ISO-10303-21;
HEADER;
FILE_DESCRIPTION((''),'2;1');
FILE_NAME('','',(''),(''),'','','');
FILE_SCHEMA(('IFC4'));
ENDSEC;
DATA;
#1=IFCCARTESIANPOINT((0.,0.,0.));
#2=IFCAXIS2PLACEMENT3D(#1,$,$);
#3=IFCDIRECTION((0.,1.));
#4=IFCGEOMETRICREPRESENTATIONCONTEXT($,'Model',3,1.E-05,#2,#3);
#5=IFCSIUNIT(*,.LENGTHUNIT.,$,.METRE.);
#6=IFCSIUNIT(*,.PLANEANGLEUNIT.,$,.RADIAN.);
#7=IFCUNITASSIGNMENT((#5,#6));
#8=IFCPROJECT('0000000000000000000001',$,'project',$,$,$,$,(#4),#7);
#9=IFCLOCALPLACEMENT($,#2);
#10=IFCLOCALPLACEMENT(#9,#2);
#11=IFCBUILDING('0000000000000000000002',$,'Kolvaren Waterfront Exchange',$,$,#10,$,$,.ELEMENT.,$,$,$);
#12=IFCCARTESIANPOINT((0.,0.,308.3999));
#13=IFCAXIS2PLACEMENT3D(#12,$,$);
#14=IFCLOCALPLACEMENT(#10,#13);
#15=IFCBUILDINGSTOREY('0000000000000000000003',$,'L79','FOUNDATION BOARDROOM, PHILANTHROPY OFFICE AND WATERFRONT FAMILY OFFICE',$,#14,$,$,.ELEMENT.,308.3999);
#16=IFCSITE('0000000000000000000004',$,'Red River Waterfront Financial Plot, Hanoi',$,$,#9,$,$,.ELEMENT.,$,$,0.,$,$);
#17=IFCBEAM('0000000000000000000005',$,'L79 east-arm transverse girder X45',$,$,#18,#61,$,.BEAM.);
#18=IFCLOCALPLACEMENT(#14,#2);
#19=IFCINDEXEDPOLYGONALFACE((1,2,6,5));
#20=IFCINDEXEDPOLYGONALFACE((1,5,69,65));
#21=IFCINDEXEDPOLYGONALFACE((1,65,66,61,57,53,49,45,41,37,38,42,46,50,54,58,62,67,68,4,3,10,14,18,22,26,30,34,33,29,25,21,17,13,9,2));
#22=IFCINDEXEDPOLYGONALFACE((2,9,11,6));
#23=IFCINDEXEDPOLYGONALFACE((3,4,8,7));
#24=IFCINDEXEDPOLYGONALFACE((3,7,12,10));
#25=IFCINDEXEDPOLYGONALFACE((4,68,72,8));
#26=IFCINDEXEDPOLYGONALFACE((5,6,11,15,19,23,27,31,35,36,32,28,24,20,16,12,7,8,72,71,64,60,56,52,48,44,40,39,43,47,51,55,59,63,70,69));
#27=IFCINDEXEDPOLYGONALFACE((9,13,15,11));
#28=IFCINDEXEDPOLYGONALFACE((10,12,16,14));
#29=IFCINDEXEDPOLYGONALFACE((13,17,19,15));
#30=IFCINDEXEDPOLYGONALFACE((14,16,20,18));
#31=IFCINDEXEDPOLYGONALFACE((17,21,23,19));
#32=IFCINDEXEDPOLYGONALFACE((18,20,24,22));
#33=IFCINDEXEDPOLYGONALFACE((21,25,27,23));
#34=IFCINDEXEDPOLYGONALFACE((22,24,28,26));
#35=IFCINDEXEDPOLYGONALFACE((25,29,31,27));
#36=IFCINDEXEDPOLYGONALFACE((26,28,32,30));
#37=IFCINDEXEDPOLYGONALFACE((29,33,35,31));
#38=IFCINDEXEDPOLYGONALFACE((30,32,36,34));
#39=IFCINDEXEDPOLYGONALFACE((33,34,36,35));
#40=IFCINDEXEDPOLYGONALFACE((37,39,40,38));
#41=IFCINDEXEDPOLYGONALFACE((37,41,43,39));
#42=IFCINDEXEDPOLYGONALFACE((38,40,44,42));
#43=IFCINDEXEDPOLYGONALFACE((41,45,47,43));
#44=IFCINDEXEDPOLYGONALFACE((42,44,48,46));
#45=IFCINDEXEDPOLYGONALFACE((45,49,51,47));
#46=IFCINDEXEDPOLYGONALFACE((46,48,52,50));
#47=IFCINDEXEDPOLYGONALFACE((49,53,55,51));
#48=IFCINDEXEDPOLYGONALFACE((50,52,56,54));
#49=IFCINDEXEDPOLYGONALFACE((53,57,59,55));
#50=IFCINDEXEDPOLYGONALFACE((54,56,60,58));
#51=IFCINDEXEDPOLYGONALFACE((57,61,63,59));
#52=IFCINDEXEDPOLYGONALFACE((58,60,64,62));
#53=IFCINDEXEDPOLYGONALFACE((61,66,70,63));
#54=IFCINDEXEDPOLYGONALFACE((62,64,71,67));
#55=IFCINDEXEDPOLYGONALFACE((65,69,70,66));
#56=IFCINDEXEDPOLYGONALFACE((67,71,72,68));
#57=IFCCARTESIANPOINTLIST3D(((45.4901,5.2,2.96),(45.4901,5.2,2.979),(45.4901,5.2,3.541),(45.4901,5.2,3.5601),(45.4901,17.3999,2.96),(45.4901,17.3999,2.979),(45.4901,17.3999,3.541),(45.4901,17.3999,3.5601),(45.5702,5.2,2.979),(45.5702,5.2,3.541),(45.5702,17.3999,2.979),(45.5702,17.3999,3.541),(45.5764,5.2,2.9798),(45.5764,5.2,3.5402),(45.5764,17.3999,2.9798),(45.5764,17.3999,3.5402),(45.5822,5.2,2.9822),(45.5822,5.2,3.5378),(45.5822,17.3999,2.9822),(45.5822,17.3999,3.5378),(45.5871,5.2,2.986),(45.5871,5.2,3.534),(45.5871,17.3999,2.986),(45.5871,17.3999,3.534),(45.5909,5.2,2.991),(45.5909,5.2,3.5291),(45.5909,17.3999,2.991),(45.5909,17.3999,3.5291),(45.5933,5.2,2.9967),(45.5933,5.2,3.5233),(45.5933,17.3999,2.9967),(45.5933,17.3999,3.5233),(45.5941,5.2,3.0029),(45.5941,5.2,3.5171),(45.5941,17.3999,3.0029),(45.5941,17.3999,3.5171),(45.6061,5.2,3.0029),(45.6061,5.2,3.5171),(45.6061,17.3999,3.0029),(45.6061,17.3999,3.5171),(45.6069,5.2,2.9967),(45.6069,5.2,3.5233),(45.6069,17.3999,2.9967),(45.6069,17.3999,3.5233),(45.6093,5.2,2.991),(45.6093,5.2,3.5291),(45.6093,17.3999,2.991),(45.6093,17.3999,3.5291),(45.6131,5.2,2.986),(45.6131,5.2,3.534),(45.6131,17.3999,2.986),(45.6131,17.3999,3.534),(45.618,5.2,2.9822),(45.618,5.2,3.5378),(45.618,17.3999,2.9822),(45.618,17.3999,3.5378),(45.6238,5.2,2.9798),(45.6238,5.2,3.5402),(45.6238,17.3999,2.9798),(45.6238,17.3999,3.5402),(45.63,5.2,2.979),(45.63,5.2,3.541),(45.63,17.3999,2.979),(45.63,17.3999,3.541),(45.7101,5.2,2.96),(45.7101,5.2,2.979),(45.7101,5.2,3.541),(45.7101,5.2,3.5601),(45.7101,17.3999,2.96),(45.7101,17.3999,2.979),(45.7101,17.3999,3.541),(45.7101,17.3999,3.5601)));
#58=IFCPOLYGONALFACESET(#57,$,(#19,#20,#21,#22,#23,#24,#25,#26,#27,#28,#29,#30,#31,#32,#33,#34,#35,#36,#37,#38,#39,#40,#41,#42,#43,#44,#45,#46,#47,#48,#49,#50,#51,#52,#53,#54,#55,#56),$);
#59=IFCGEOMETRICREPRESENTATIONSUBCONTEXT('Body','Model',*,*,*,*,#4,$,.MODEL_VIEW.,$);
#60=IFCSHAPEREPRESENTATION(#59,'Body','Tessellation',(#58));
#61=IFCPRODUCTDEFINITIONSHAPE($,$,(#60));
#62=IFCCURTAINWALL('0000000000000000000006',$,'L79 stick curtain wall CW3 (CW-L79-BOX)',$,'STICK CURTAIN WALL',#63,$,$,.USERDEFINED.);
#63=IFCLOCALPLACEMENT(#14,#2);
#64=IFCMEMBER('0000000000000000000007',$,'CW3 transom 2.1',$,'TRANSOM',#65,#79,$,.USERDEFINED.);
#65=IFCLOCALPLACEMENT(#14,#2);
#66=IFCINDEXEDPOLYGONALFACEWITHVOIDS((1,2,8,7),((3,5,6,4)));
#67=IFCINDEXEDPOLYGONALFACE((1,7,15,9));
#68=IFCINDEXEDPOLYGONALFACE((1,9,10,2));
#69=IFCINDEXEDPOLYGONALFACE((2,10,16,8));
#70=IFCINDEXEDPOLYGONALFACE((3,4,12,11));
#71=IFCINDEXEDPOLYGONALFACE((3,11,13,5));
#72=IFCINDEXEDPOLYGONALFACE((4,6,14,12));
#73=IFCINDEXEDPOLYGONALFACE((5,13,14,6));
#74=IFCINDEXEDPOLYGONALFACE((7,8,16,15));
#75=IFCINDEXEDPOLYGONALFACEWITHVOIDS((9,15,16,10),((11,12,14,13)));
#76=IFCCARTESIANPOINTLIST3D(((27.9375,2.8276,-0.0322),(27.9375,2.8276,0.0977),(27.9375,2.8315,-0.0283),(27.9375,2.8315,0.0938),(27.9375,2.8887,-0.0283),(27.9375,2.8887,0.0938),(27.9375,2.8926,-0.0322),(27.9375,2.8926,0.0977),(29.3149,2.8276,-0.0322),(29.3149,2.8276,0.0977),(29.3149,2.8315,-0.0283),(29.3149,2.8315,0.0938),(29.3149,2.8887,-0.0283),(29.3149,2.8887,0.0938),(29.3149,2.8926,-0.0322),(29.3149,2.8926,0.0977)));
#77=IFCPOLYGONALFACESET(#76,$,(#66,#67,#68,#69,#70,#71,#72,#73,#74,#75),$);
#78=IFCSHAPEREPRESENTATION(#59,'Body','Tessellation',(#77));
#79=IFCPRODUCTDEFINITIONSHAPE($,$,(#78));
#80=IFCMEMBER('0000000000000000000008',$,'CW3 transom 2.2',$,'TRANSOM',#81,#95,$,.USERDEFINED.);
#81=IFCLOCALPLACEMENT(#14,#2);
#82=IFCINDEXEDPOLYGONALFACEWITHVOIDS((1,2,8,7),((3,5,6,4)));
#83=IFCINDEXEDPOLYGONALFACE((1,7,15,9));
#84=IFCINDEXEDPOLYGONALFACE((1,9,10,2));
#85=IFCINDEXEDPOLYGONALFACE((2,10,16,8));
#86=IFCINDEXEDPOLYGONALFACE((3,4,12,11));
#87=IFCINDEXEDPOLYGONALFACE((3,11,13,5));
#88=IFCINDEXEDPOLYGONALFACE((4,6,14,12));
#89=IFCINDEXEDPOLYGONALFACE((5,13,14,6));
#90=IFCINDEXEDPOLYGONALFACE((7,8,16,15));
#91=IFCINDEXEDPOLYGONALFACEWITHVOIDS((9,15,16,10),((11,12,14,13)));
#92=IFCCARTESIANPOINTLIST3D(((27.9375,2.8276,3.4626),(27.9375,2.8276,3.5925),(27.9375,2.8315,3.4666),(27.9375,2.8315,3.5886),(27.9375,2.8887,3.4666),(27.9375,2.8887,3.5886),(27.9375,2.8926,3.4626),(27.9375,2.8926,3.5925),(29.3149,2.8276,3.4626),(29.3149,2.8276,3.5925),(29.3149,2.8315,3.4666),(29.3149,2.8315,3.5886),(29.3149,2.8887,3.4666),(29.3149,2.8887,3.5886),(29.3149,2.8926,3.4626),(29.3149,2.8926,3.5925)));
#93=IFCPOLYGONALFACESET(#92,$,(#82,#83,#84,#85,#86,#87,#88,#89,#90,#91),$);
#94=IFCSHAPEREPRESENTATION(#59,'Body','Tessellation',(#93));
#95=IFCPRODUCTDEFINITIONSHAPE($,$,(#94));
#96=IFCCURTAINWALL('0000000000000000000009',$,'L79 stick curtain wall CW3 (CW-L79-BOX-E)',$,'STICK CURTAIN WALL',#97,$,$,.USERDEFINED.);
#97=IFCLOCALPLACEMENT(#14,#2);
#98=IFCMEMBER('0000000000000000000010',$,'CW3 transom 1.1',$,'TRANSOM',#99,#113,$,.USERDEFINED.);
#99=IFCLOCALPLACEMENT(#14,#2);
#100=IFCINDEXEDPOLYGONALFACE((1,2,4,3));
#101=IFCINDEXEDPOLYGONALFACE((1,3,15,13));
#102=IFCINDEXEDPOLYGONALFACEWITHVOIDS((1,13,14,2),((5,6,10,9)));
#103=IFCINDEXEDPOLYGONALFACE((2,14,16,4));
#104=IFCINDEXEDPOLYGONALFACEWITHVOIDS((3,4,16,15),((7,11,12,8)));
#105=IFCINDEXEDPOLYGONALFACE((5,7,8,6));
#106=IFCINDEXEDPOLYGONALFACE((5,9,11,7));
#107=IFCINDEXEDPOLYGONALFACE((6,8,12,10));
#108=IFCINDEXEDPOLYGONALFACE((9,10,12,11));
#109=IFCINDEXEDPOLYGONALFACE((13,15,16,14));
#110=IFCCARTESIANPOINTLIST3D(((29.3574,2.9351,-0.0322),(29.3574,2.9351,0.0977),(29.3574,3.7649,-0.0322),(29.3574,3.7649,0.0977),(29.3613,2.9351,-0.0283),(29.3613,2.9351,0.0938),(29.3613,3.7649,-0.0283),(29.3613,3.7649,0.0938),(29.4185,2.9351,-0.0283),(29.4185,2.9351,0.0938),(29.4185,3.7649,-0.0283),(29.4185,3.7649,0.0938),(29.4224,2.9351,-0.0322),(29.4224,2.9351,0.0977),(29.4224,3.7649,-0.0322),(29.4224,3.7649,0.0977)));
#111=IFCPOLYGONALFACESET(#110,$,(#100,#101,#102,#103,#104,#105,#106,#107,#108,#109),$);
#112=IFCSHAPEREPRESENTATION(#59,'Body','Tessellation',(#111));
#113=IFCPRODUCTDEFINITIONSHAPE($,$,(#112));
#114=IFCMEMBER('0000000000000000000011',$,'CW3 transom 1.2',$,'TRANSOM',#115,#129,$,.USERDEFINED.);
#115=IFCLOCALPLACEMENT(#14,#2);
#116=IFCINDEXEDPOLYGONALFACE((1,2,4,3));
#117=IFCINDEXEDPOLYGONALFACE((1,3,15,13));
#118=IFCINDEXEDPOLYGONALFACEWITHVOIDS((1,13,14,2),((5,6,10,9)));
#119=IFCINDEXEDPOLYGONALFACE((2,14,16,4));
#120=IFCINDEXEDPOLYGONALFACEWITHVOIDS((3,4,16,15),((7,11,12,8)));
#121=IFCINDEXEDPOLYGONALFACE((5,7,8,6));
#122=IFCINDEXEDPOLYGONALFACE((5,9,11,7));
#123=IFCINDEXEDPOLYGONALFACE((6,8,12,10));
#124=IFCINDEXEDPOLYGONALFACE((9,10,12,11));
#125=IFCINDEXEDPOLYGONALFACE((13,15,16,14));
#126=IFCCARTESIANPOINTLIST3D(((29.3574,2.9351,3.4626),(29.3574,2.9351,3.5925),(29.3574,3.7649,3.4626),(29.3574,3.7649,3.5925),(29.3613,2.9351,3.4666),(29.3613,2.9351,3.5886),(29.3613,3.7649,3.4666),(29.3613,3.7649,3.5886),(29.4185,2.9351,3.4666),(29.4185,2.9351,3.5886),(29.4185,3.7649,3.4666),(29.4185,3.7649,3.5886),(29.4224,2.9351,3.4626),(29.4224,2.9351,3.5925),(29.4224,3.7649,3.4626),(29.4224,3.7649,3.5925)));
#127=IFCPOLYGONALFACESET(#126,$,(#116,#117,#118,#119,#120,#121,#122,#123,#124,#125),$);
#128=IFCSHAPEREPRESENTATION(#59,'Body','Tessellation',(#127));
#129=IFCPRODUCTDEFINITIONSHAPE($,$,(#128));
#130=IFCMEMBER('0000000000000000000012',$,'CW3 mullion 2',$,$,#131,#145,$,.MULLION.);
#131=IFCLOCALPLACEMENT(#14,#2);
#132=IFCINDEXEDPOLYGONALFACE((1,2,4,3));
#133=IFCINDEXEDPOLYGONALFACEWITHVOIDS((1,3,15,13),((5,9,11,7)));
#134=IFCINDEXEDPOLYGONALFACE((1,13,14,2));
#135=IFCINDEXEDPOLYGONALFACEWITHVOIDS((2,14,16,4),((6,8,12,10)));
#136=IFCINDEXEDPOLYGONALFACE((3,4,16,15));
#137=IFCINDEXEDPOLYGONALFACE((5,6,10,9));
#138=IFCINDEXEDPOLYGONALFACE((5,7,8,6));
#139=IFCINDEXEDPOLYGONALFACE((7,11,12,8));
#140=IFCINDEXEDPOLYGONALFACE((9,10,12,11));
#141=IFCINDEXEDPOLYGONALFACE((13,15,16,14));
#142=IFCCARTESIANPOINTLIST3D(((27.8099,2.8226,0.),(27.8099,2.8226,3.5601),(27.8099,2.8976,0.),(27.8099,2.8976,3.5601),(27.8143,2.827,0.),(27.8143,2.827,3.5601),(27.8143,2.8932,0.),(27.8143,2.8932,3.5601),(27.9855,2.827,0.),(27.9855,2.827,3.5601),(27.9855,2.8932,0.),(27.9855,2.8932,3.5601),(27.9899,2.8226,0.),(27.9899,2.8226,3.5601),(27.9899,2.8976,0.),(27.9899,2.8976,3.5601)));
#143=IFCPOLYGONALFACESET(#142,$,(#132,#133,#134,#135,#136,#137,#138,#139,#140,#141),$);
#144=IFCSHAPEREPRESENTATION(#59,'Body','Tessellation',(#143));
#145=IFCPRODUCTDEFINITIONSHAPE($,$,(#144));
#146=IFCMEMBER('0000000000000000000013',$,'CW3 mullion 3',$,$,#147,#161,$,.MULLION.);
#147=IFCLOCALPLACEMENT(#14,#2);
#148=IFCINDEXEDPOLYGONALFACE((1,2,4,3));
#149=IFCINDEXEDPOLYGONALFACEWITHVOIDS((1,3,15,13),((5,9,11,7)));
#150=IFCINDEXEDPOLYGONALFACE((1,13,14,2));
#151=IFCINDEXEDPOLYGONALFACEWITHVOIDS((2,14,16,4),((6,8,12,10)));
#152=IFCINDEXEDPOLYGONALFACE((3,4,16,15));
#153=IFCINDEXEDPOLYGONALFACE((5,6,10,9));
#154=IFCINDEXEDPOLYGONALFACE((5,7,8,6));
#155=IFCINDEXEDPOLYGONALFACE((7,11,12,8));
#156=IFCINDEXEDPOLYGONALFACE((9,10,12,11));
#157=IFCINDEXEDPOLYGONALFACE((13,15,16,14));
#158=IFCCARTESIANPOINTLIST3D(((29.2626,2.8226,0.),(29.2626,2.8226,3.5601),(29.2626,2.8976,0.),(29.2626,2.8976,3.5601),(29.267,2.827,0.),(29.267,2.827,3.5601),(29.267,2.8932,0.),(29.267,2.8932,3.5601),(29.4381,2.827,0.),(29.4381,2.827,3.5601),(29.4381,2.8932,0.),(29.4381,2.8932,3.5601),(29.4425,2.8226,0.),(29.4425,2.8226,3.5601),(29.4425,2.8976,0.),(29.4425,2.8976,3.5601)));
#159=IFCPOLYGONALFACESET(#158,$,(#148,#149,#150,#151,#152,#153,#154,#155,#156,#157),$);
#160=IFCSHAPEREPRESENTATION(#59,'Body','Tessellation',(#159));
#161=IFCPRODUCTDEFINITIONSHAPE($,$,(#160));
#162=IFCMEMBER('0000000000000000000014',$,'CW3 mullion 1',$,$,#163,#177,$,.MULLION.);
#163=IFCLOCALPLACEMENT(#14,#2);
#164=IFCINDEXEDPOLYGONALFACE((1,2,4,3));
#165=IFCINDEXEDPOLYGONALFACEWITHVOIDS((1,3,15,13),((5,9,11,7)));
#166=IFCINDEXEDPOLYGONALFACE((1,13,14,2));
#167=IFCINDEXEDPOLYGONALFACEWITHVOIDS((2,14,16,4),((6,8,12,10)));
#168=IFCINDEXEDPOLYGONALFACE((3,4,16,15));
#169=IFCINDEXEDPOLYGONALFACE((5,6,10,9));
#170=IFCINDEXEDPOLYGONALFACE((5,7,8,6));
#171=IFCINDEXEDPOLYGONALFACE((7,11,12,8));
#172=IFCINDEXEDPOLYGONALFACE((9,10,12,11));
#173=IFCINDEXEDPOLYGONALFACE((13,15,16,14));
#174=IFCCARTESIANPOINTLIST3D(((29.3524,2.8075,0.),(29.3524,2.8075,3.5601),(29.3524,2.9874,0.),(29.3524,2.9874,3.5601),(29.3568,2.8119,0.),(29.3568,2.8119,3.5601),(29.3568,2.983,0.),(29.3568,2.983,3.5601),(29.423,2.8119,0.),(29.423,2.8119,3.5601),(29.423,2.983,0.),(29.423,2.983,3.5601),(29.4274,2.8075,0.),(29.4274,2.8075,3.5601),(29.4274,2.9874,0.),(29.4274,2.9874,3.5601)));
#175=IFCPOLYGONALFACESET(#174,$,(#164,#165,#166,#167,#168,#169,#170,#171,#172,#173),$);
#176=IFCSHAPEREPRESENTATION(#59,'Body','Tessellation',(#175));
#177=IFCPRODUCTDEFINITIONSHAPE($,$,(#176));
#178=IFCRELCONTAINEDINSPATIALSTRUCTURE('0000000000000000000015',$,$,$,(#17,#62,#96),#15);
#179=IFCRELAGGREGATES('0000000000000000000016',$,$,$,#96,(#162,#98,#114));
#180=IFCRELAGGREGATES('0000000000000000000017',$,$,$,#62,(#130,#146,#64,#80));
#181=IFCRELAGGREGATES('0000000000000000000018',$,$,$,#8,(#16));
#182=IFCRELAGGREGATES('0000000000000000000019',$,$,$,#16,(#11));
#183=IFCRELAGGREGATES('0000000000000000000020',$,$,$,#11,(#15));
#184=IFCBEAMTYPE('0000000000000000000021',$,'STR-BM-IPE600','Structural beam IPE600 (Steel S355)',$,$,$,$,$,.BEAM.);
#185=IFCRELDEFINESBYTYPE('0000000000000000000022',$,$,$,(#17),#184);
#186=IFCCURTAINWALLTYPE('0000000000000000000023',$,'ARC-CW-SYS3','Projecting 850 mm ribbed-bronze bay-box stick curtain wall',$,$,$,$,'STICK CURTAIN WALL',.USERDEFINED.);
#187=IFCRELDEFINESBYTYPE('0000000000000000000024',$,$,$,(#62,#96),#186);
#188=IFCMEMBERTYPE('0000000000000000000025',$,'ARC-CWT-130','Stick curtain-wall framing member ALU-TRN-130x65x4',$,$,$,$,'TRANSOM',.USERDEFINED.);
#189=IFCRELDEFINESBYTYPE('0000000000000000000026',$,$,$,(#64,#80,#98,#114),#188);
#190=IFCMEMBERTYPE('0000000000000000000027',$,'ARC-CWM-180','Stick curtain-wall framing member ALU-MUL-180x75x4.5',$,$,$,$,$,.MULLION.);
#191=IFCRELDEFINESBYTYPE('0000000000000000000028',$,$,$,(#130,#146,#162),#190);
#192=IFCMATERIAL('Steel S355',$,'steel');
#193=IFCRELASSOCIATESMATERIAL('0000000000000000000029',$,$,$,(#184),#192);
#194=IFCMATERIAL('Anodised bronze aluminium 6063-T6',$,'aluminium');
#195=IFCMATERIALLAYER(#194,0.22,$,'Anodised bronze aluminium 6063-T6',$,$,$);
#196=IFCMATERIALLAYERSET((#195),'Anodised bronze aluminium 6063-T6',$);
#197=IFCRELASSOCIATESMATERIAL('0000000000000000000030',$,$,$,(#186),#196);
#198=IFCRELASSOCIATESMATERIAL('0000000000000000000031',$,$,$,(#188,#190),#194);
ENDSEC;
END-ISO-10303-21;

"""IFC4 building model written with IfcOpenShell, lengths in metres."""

from ifc_helpers import new_model, si_unit, direction, frame, origin, origin_with_axes, origin_2d, place, context, subcontext, project, spatial, hollow_rectangle, i_section, extrude, source, transform, mapped, material, layer, layer_set, material_profile, profile_set, type_object, element, aggregate, save


model = new_model("IFC4")

# Units and contexts
model_context = context("Model", 3, precision=1e-05, world=origin(), true_north=direction((0.0, 1.0)))
body_context = subcontext(model_context, "Body", "Model", "MODEL_VIEW")
ifc_project = project(units=[si_unit("LENGTHUNIT", "METRE"), si_unit("PLANEANGLEUNIT", "RADIAN")], contexts=[model_context])

# Site, building, storey
site_placement = place(None, origin())
site = spatial("IfcSite", under=ifc_project, at=site_placement, Name="Red River Waterfront Financial Plot, Hanoi", CompositionType="ELEMENT", RefElevation=0.0)
building_placement = place(site_placement, origin())
building = spatial("IfcBuilding", under=site, at=building_placement, Name="Kolvaren Waterfront Exchange", CompositionType="ELEMENT")
storey_placement = place(building_placement, frame((0.0, 0.0, 308.3999)))
storey = spatial("IfcBuildingStorey", under=building, at=storey_placement, Name="L79", Description="FOUNDATION BOARDROOM, PHILANTHROPY OFFICE AND WATERFRONT FAMILY OFFICE", CompositionType="ELEMENT", Elevation=308.3999)

# Beam
ifc_material_1 = material(Name="Steel S355", Category="steel")
ifc_material_profile_1 = material_profile(ifc_material_1, i_section(OverallWidth=0.22, OverallDepth=0.6001, WebThickness=0.012, FlangeThickness=0.019, FilletRadius=0.0239, at=origin_2d()), Name="IPE600")
ifc_profile_set_1 = profile_set([ifc_material_profile_1], Name="Steel S355")
beam_type_1 = type_object("IfcBeamType", Name="STR-BM-IPE600", Description="Structural beam IPE600 (Steel S355)", PredefinedType="BEAM", material=ifc_profile_set_1)
for number, where, z_axis, x_axis, name in (
    (1, (45.6001, 5.2, 3.26), (0.0, 1.0, 0.0), (-1.0, 0.0, 0.0), "L79 east-arm transverse girder X45"),
):
    element("IfcBeam", number, at=place(storey_placement, frame(where, z_axis=z_axis, x_axis=x_axis)), inside=storey, type_object=beam_type_1, Name=name, PredefinedType="BEAM", context=body_context, shape_type="SweptSolid", body=[
        extrude(i_section(OverallWidth=0.22, OverallDepth=0.6001, WebThickness=0.012, FlangeThickness=0.019, FilletRadius=0.0239, at=origin_2d()), origin(), (0.0, 0.0, 1.0), 12.2),
    ])

# Curtain walls, members
ifc_material_2 = material(Name="Anodised bronze aluminium 6063-T6", Category="aluminium")
ifc_layer_1 = layer(ifc_material_2, 0.22, Name="Anodised bronze aluminium 6063-T6")
ifc_layer_set_1 = layer_set([ifc_layer_1], Name="Anodised bronze aluminium 6063-T6")
curtain_wall_type_1 = type_object("IfcCurtainWallType", Name="ARC-CW-SYS3", Description="Projecting 850 mm ribbed-bronze bay-box stick curtain wall", ElementType="STICK CURTAIN WALL", PredefinedType="USERDEFINED", material=ifc_layer_set_1)
curtain_wall_1_placement = place(storey_placement, origin())
curtain_wall_1 = element("IfcCurtainWall", 2, at=curtain_wall_1_placement, inside=storey, type_object=curtain_wall_type_1, Name="L79 stick curtain wall CW3 (CW-L79-BOX)", ObjectType="STICK CURTAIN WALL", PredefinedType="USERDEFINED")
ifc_material_profile_2 = material_profile(ifc_material_2, hollow_rectangle(XDim=0.0649, YDim=0.1299, WallThickness=0.0039, at=origin_2d()), Name="ALU-TRN-130x65x4")
ifc_profile_set_2 = profile_set([ifc_material_profile_2], Name="Anodised bronze aluminium 6063-T6")
member_type_1 = type_object("IfcMemberType", Name="ARC-CWT-130", Description="Stick curtain-wall framing member ALU-TRN-130x65x4", ElementType="TRANSOM", PredefinedType="USERDEFINED", material=ifc_profile_set_2)
shared_shape_1 = source(origin_with_axes(), body_context, "Body", "SweptSolid", [
    extrude(hollow_rectangle(XDim=0.0649, YDim=0.1299, WallThickness=0.0039, at=origin_2d()), origin(), (0.0, 0.0, 1.0), 1.3774),
])
member_1_placement = place(storey_placement, frame((27.9375, 2.8601, 0.0327), z_axis=(1.0, 0.0, 0.0), x_axis=(0.0, 1.0, 0.0)))
member_1 = element("IfcMember", 3, at=member_1_placement, type_object=member_type_1, Name="CW3 transom 2.1", ObjectType="TRANSOM", PredefinedType="USERDEFINED", context=body_context, shape_type="MappedRepresentation", body=[
    mapped(shared_shape_1, transform((0.0, 0.0, 0.0), x_axis=(1.0, 0.0, 0.0), y_axis=(0.0, 1.0, 0.0), z_axis=(0.0, 0.0, 1.0), scale=1.0)),
])
member_2_placement = place(storey_placement, frame((27.9375, 2.8601, 3.5276), z_axis=(1.0, 0.0, 0.0), x_axis=(0.0, 1.0, 0.0)))
member_2 = element("IfcMember", 4, at=member_2_placement, type_object=member_type_1, Name="CW3 transom 2.2", ObjectType="TRANSOM", PredefinedType="USERDEFINED", context=body_context, shape_type="MappedRepresentation", body=[
    mapped(shared_shape_1, transform((0.0, 0.0, 0.0), x_axis=(1.0, 0.0, 0.0), y_axis=(0.0, 1.0, 0.0), z_axis=(0.0, 0.0, 1.0), scale=1.0)),
])
curtain_wall_2_placement = place(storey_placement, origin())
curtain_wall_2 = element("IfcCurtainWall", 5, at=curtain_wall_2_placement, inside=storey, type_object=curtain_wall_type_1, Name="L79 stick curtain wall CW3 (CW-L79-BOX-E)", ObjectType="STICK CURTAIN WALL", PredefinedType="USERDEFINED")
shared_shape_2 = source(origin_with_axes(), body_context, "Body", "SweptSolid", [
    extrude(hollow_rectangle(XDim=0.0649, YDim=0.1299, WallThickness=0.0039, at=origin_2d()), origin(), (0.0, 0.0, 1.0), 0.8298),
])
member_3_placement = place(storey_placement, frame((29.3899, 2.9351, 0.0327), z_axis=(0.0, 1.0, 0.0), x_axis=(-1.0, 0.0, 0.0)))
member_3 = element("IfcMember", 6, at=member_3_placement, type_object=member_type_1, Name="CW3 transom 1.1", ObjectType="TRANSOM", PredefinedType="USERDEFINED", context=body_context, shape_type="MappedRepresentation", body=[
    mapped(shared_shape_2, transform((0.0, 0.0, 0.0), x_axis=(1.0, 0.0, 0.0), y_axis=(0.0, 1.0, 0.0), z_axis=(0.0, 0.0, 1.0), scale=1.0)),
])
member_4_placement = place(storey_placement, frame((29.3899, 2.9351, 3.5276), z_axis=(0.0, 1.0, 0.0), x_axis=(-1.0, 0.0, 0.0)))
member_4 = element("IfcMember", 7, at=member_4_placement, type_object=member_type_1, Name="CW3 transom 1.2", ObjectType="TRANSOM", PredefinedType="USERDEFINED", context=body_context, shape_type="MappedRepresentation", body=[
    mapped(shared_shape_2, transform((0.0, 0.0, 0.0), x_axis=(1.0, 0.0, 0.0), y_axis=(0.0, 1.0, 0.0), z_axis=(0.0, 0.0, 1.0), scale=1.0)),
])

# Members
ifc_material_profile_3 = material_profile(ifc_material_2, hollow_rectangle(XDim=0.075, YDim=0.1799, WallThickness=0.0044, at=origin_2d()), Name="ALU-MUL-180x75x4.5")
ifc_profile_set_3 = profile_set([ifc_material_profile_3], Name="Anodised bronze aluminium 6063-T6")
member_type_2 = type_object("IfcMemberType", Name="ARC-CWM-180", Description="Stick curtain-wall framing member ALU-MUL-180x75x4.5", PredefinedType="MULLION", material=ifc_profile_set_3)
shared_shape_3 = source(origin_with_axes(), body_context, "Body", "SweptSolid", [
    extrude(hollow_rectangle(XDim=0.075, YDim=0.1799, WallThickness=0.0044, at=origin_2d()), origin(), (0.0, 0.0, 1.0), 3.5601),
])
member_5_placement = place(storey_placement, frame((27.8999, 2.8601, 0.0), z_axis=(0.0, 0.0, 1.0), x_axis=(0.0, 1.0, 0.0)))
member_5 = element("IfcMember", 8, at=member_5_placement, type_object=member_type_2, Name="CW3 mullion 2", PredefinedType="MULLION", context=body_context, shape_type="MappedRepresentation", body=[
    mapped(shared_shape_3, transform((0.0, 0.0, 0.0), x_axis=(1.0, 0.0, 0.0), y_axis=(0.0, 1.0, 0.0), z_axis=(0.0, 0.0, 1.0), scale=1.0)),
])
member_6_placement = place(storey_placement, frame((29.3525, 2.8601, 0.0), z_axis=(0.0, 0.0, 1.0), x_axis=(0.0, 1.0, 0.0)))
member_6 = element("IfcMember", 9, at=member_6_placement, type_object=member_type_2, Name="CW3 mullion 3", PredefinedType="MULLION", context=body_context, shape_type="MappedRepresentation", body=[
    mapped(shared_shape_3, transform((0.0, 0.0, 0.0), x_axis=(1.0, 0.0, 0.0), y_axis=(0.0, 1.0, 0.0), z_axis=(0.0, 0.0, 1.0), scale=1.0)),
])
member_7_placement = place(storey_placement, frame((29.3899, 2.8975, 0.0), z_axis=(0.0, 0.0, 1.0), x_axis=(-1.0, 0.0, 0.0)))
member_7 = element("IfcMember", 10, at=member_7_placement, type_object=member_type_2, Name="CW3 mullion 1", PredefinedType="MULLION", context=body_context, shape_type="MappedRepresentation", body=[
    mapped(shared_shape_3, transform((0.0, 0.0, 0.0), x_axis=(1.0, 0.0, 0.0), y_axis=(0.0, 1.0, 0.0), z_axis=(0.0, 0.0, 1.0), scale=1.0)),
])

aggregate(curtain_wall_2, [member_7, member_3, member_4])
aggregate(curtain_wall_1, [member_5, member_6, member_1, member_2])

save(model, "model.ifc")
